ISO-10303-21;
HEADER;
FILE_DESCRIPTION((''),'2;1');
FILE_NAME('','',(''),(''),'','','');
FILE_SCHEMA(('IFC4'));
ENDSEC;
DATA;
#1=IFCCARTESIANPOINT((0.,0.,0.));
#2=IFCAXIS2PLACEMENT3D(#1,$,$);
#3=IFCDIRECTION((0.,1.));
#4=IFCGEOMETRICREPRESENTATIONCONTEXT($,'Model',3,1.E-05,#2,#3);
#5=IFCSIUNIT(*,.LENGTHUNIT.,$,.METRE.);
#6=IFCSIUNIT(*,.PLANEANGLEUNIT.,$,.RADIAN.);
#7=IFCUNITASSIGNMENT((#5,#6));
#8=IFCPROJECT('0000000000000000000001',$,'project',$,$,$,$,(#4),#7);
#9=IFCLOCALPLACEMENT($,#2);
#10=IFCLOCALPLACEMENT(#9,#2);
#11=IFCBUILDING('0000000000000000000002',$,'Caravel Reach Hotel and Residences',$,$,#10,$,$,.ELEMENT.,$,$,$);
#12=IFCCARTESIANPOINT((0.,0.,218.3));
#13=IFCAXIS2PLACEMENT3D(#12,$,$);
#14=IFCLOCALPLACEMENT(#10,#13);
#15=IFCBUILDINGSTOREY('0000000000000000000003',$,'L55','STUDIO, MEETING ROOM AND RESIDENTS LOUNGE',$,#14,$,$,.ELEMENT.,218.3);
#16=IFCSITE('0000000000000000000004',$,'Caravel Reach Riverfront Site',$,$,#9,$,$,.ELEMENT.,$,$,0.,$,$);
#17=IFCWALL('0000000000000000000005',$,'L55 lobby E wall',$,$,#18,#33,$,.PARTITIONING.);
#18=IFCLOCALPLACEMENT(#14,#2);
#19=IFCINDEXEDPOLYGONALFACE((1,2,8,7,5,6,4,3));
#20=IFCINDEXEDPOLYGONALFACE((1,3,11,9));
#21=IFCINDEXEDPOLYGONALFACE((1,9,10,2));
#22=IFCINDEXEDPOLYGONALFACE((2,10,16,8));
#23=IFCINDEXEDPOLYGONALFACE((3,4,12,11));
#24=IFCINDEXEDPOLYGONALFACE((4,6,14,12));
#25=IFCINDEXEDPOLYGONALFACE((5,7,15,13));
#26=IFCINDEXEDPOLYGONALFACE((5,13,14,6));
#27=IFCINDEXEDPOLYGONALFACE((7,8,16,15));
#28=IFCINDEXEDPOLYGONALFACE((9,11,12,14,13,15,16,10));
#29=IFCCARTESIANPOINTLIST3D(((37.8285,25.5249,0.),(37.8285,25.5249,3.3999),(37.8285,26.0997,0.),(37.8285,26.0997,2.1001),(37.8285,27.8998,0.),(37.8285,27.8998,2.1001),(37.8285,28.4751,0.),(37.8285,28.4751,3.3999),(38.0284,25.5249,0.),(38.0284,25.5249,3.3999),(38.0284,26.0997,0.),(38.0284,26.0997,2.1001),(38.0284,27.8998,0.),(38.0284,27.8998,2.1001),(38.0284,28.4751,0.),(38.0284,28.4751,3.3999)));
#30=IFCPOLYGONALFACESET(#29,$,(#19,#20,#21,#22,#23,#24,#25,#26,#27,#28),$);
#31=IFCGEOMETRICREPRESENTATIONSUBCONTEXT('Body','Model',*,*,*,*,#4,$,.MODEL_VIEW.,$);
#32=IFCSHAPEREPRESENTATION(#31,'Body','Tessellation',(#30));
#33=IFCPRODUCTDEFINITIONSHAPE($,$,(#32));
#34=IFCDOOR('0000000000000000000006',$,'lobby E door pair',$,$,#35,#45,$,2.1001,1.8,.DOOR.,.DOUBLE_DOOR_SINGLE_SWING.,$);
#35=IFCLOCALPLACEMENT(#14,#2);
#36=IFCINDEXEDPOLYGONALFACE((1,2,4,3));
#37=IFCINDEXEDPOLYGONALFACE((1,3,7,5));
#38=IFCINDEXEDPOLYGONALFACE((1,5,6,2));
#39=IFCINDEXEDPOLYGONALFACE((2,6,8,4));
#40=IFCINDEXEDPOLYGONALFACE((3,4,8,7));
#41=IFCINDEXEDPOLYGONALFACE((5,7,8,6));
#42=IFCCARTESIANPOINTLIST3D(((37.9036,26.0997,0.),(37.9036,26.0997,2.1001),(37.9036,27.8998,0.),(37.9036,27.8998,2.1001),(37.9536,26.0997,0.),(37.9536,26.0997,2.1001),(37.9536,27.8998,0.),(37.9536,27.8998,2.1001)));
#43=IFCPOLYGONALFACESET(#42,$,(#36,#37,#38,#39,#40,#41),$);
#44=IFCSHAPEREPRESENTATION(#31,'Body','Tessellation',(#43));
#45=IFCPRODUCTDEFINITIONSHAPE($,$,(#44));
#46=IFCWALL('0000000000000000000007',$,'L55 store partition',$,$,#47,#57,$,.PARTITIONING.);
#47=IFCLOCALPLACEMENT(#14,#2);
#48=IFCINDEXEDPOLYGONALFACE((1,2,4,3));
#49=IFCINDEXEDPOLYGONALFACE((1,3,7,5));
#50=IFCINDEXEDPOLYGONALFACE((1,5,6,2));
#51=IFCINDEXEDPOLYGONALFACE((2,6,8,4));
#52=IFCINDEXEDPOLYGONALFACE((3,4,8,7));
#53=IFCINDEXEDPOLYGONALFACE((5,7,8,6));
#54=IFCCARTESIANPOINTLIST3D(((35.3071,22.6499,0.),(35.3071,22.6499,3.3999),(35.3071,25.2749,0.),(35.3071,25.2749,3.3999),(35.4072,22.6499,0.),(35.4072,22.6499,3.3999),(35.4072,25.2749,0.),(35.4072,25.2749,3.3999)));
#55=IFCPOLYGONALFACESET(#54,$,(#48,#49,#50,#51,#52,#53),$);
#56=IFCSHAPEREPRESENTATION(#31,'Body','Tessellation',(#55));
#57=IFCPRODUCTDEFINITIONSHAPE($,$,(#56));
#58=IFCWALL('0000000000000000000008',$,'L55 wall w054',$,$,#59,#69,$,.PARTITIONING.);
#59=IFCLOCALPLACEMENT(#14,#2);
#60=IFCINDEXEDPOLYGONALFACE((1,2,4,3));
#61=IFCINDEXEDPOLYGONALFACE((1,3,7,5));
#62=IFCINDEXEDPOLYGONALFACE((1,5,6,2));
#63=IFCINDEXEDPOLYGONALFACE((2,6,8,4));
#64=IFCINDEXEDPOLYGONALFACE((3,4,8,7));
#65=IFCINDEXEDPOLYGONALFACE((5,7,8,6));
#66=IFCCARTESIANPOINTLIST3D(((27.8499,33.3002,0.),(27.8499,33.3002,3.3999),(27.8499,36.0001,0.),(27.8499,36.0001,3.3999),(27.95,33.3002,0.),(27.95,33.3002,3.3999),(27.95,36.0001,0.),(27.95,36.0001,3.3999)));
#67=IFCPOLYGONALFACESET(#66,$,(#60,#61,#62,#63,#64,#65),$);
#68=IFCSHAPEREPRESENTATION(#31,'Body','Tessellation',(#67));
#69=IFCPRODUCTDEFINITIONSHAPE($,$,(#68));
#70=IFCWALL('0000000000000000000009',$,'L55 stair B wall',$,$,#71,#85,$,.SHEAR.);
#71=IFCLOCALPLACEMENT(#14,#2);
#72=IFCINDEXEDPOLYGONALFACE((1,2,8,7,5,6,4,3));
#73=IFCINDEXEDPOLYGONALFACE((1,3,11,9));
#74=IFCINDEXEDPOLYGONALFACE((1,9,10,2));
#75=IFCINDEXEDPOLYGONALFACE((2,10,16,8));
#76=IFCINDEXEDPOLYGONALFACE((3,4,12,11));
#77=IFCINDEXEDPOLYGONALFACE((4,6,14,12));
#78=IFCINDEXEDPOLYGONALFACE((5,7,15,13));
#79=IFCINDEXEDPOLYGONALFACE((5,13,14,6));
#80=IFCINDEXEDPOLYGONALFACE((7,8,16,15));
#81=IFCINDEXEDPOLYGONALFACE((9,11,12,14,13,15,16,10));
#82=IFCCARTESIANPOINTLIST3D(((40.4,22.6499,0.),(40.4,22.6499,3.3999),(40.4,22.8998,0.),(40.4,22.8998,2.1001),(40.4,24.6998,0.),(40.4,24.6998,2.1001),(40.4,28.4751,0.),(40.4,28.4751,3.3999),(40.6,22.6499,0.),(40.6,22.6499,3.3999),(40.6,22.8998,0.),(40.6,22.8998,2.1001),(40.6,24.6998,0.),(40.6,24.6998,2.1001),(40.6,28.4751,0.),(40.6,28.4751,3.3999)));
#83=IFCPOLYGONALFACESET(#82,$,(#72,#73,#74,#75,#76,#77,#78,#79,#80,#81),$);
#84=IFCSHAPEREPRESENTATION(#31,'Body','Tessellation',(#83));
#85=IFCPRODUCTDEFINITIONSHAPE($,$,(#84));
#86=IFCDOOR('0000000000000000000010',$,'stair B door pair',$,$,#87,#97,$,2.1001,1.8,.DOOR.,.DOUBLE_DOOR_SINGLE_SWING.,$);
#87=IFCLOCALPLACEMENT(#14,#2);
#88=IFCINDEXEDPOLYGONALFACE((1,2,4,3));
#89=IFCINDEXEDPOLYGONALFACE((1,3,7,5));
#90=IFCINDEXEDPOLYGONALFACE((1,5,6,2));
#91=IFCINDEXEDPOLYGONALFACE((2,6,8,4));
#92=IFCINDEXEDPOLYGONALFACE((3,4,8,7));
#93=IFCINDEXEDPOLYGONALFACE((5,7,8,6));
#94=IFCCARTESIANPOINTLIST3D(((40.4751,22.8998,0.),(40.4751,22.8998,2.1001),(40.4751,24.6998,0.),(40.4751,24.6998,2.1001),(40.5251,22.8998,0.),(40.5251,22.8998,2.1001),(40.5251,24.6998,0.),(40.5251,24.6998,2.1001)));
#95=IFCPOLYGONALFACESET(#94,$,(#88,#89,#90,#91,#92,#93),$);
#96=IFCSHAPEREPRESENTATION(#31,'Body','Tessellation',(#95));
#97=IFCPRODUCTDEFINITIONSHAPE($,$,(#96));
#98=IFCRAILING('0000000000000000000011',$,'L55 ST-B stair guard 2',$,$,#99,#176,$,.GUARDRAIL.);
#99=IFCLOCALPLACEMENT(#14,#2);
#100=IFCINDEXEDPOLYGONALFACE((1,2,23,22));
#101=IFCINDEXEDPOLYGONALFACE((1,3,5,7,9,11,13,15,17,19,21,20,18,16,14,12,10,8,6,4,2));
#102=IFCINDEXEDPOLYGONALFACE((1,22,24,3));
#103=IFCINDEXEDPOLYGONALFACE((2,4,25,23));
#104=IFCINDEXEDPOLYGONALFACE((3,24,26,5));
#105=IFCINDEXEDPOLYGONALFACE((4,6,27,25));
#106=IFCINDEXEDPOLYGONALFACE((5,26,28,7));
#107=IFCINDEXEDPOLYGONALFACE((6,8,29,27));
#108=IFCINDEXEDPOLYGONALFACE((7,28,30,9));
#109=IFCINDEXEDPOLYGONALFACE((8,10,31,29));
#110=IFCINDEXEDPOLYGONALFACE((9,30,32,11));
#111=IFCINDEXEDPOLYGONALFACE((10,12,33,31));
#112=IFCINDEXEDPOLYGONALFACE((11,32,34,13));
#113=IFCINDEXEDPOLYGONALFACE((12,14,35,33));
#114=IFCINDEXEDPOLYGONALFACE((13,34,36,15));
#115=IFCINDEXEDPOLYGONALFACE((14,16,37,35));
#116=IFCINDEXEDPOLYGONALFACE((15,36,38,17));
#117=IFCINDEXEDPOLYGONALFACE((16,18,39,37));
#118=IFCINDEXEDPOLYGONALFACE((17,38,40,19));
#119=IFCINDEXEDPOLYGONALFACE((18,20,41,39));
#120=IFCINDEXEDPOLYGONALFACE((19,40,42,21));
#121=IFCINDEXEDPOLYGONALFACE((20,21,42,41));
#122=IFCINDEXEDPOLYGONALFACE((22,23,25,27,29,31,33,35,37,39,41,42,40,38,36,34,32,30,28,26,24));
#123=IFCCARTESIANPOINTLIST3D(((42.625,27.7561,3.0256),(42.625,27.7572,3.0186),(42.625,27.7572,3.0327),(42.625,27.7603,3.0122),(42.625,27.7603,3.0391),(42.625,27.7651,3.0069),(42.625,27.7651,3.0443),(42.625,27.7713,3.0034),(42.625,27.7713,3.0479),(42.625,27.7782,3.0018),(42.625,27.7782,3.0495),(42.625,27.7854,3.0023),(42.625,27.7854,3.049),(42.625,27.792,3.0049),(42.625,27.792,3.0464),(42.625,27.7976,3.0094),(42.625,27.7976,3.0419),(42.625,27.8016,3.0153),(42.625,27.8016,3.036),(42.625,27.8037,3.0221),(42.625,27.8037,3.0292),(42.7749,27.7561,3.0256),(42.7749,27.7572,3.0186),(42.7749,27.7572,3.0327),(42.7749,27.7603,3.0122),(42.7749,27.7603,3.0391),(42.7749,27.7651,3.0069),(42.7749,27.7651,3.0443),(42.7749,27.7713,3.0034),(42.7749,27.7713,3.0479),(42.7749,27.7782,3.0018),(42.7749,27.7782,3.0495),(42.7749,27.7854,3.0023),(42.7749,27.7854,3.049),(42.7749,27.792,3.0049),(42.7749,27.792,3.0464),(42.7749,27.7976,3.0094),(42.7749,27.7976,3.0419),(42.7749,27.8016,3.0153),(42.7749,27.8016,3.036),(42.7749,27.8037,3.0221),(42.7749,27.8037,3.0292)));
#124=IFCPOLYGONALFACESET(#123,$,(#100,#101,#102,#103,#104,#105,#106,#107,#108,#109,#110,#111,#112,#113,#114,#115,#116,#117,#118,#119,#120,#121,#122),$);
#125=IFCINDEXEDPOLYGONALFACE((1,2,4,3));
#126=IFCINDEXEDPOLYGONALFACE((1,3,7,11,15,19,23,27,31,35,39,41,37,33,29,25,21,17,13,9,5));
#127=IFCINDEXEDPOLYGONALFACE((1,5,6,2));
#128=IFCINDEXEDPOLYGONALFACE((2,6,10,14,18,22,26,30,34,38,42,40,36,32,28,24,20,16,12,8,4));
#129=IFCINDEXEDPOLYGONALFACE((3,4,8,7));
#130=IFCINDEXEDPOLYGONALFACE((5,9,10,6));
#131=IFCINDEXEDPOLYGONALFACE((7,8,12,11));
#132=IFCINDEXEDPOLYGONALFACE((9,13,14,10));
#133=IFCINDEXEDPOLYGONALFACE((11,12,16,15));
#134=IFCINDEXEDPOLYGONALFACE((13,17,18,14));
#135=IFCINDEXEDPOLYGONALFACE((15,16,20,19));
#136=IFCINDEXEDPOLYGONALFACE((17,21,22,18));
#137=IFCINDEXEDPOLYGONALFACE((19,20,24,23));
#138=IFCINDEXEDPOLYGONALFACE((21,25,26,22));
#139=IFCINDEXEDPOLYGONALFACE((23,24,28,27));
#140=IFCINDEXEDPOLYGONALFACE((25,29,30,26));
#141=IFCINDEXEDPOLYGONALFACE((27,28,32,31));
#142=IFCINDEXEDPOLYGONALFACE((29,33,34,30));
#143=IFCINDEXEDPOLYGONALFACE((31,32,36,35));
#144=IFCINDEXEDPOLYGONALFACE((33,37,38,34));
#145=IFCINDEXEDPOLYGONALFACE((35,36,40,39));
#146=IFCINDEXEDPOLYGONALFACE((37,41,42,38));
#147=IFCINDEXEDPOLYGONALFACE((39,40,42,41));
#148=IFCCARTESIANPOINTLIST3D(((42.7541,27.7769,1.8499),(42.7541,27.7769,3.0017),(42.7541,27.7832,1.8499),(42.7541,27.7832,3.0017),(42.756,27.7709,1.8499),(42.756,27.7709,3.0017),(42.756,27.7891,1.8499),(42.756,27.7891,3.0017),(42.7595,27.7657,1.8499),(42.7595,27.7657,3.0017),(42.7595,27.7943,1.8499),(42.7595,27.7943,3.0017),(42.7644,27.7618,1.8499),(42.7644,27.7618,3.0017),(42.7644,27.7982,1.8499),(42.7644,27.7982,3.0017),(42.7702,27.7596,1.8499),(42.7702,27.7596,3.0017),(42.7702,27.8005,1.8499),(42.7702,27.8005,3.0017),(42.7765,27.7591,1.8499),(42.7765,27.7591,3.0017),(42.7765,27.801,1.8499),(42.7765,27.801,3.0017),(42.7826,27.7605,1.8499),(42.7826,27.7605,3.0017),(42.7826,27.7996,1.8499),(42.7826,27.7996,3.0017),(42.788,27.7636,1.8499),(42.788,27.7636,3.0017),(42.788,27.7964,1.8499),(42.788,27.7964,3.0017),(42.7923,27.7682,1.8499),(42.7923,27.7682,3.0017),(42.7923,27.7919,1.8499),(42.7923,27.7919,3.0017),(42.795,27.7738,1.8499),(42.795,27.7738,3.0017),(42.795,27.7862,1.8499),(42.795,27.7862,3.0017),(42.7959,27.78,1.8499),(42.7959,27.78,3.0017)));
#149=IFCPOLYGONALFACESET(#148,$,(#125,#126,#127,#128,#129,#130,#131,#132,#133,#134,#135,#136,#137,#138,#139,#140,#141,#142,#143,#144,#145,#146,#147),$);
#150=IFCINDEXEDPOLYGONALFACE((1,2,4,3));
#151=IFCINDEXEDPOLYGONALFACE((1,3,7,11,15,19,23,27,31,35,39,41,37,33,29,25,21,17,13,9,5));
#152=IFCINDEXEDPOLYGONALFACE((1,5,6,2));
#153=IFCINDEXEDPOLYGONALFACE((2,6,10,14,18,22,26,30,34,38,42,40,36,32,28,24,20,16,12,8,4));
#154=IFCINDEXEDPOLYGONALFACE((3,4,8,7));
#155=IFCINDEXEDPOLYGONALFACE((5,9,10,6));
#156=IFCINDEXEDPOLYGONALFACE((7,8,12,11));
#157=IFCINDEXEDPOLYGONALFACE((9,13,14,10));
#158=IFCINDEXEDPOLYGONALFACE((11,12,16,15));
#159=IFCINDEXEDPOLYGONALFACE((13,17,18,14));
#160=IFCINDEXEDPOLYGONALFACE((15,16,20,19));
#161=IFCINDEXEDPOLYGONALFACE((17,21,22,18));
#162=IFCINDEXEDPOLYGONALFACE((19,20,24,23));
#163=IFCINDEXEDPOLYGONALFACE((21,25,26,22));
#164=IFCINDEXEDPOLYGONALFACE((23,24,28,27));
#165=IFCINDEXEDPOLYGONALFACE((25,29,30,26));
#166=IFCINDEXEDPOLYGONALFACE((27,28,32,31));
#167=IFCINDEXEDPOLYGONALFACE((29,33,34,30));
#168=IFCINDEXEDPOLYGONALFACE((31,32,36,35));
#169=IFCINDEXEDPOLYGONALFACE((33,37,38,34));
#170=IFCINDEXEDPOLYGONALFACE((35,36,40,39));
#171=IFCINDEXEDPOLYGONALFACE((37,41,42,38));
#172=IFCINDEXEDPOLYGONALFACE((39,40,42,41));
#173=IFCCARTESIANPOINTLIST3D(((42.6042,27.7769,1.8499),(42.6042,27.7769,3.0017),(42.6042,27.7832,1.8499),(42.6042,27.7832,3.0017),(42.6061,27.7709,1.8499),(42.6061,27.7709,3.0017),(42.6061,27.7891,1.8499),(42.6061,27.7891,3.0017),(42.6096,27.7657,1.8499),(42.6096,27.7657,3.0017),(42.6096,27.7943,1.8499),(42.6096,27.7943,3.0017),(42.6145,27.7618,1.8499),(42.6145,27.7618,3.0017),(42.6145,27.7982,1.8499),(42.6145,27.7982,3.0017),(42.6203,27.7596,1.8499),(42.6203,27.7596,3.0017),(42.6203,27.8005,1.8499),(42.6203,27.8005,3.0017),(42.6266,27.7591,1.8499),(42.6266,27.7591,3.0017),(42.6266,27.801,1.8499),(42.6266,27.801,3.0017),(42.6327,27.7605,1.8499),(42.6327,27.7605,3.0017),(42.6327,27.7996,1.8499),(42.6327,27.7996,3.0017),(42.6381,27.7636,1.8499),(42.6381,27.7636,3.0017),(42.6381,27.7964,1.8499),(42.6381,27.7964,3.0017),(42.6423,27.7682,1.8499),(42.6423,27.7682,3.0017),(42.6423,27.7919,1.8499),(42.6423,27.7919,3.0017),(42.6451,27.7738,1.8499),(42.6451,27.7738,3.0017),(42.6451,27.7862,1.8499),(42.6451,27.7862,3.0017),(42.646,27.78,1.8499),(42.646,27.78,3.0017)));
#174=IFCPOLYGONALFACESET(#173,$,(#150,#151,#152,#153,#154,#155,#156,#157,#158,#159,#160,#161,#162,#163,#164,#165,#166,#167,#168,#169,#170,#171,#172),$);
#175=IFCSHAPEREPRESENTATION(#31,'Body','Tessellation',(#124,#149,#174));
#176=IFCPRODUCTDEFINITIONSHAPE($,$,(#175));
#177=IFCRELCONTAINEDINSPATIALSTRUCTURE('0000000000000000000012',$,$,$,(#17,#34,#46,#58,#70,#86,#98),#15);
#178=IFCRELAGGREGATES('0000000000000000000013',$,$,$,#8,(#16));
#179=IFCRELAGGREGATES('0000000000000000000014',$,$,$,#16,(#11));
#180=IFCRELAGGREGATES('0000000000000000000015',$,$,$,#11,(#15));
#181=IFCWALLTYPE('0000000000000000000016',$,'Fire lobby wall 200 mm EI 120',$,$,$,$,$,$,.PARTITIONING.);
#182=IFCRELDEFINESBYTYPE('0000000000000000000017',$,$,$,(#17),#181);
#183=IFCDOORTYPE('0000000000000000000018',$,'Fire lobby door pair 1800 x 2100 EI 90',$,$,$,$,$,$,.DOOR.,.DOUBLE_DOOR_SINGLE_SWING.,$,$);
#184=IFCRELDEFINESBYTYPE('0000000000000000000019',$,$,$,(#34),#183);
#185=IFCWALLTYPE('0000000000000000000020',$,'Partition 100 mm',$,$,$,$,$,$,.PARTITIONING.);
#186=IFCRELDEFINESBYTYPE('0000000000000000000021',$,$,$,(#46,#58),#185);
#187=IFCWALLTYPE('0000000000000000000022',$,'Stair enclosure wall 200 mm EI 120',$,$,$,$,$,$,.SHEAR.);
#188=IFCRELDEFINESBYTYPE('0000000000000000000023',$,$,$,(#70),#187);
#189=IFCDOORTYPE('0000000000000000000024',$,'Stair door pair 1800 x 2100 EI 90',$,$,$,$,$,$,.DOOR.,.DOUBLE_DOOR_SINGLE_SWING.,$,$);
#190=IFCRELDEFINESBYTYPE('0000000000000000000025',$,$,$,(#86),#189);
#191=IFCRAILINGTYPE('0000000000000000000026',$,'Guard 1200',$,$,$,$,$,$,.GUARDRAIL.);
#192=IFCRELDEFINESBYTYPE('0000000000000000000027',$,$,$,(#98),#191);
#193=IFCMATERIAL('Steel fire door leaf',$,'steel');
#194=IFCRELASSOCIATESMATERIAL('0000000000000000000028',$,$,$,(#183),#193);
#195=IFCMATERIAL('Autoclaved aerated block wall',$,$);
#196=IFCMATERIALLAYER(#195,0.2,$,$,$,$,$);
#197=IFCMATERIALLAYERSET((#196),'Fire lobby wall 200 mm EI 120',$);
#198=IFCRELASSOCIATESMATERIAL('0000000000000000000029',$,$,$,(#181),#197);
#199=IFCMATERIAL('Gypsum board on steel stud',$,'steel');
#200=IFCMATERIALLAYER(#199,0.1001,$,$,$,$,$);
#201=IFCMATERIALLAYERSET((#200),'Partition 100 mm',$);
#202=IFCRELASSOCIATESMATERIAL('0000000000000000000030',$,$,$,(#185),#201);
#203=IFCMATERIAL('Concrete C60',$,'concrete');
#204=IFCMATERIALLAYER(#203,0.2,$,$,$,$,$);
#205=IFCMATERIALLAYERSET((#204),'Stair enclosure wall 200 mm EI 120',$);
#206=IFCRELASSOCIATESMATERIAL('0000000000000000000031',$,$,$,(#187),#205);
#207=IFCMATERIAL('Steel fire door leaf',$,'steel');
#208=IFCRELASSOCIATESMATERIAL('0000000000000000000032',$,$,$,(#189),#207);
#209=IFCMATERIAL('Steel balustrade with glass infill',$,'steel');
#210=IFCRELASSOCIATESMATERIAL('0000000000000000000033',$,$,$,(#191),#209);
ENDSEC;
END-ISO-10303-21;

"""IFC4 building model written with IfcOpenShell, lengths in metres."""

from ifc_helpers import new_model, si_unit, direction, frame, frame_2d, origin, origin_2d, place, context, subcontext, project, spatial, rectangle, circle, extrude, material, layer, layer_set, type_object, element, fill, save


model = new_model("IFC4")

# Units and contexts
model_context = context("Model", 3, precision=1e-05, world=origin(), true_north=direction((0.0, 1.0)))
body_context = subcontext(model_context, "Body", "Model", "MODEL_VIEW")
ifc_project = project(units=[si_unit("LENGTHUNIT", "METRE"), si_unit("PLANEANGLEUNIT", "RADIAN")], contexts=[model_context])

# Site, building, storey
site_placement = place(None, origin())
site = spatial("IfcSite", under=ifc_project, at=site_placement, Name="Caravel Reach Riverfront Site", CompositionType="ELEMENT", RefElevation=0.0)
building_placement = place(site_placement, origin())
building = spatial("IfcBuilding", under=site, at=building_placement, Name="Caravel Reach Hotel and Residences", CompositionType="ELEMENT")
storey_placement = place(building_placement, frame((0.0, 0.0, 218.3)))
storey = spatial("IfcBuildingStorey", under=building, at=storey_placement, Name="L55", Description="STUDIO, MEETING ROOM AND RESIDENTS LOUNGE", CompositionType="ELEMENT", Elevation=218.3)

# Shared definitions
ifc_material_1 = material(Name="Steel fire door leaf", Category="steel")
door_type_1 = type_object("IfcDoorType", Name="Fire lobby door pair 1800 x 2100 EI 90", OperationType="DOUBLE_DOOR_SINGLE_SWING", PredefinedType="DOOR", material=ifc_material_1)

# Wall, opening, door
ifc_material_2 = material(Name="Autoclaved aerated block wall")
ifc_layer_1 = layer(ifc_material_2, 0.2)
ifc_layer_set_1 = layer_set([ifc_layer_1], Name="Fire lobby wall 200 mm EI 120")
wall_type_1 = type_object("IfcWallType", Name="Fire lobby wall 200 mm EI 120", PredefinedType="PARTITIONING", material=ifc_layer_set_1)
wall_1_placement = place(storey_placement, frame((37.9285, 25.5249, 0.0), z_axis=(0.0, 0.0, 1.0), x_axis=(0.0, 1.0, 0.0)))
wall_1 = element("IfcWall", 1, at=wall_1_placement, inside=storey, type_object=wall_type_1, Name="L55 lobby E wall", PredefinedType="PARTITIONING", context=body_context, shape_type="SweptSolid", body=[
    extrude(rectangle(XDim=2.9502, YDim=0.2, at=frame_2d((1.4751, 0.0))), origin(), (0.0, 0.0, 1.0), 3.3999),
])
opening_1_placement = place(wall_1_placement, frame((0.575, 0.0, 0.0)))
opening_1 = element("IfcOpeningElement", 2, at=opening_1_placement, cuts=wall_1, PredefinedType="OPENING", context=body_context, shape_type="SweptSolid", body=[
    extrude(rectangle(XDim=1.8, YDim=2.1001, at=frame_2d((0.8999, 1.05))), frame((0.0, 0.1099, 0.0), z_axis=(0.0, -1.0, 0.0), x_axis=(1.0, 0.0, 0.0)), (0.0, 0.0, 1.0), 0.22),
])
door_1_placement = place(opening_1_placement, origin())
door_1 = element("IfcDoor", 3, at=door_1_placement, inside=storey, type_object=door_type_1, Name="lobby E door pair", OperationType="DOUBLE_DOOR_SINGLE_SWING", OverallHeight=2.1001, OverallWidth=1.8, PredefinedType="DOOR", context=body_context, shape_type="SweptSolid", body=[
    extrude(rectangle(XDim=1.8, YDim=2.1001, at=frame_2d((0.8999, 1.05))), frame((0.0, 0.0249, 0.0), z_axis=(0.0, -1.0, 0.0), x_axis=(1.0, 0.0, 0.0)), (0.0, 0.0, 1.0), 0.05),
])
fill(opening_1, door_1)

# Walls
ifc_material_3 = material(Name="Gypsum board on steel stud", Category="steel")
ifc_layer_2 = layer(ifc_material_3, 0.1001)
ifc_layer_set_2 = layer_set([ifc_layer_2], Name="Partition 100 mm")
wall_type_2 = type_object("IfcWallType", Name="Partition 100 mm", PredefinedType="PARTITIONING", material=ifc_layer_set_2)
wall_2_placement = place(storey_placement, frame((35.3572, 22.6499, 0.0), z_axis=(0.0, 0.0, 1.0), x_axis=(0.0, 1.0, 0.0)))
element("IfcWall", 4, at=wall_2_placement, inside=storey, type_object=wall_type_2, Name="L55 store partition", PredefinedType="PARTITIONING", context=body_context, shape_type="SweptSolid", body=[
    extrude(rectangle(XDim=2.625, YDim=0.1001, at=frame_2d((1.3125, 0.0))), origin(), (0.0, 0.0, 1.0), 3.3999),
])
wall_3_placement = place(storey_placement, frame((27.8999, 33.3, 0.0), z_axis=(0.0, 0.0, 1.0), x_axis=(0.0, 1.0, 0.0)))
element("IfcWall", 5, at=wall_3_placement, inside=storey, type_object=wall_type_2, Name="L55 wall w054", PredefinedType="PARTITIONING", context=body_context, shape_type="SweptSolid", body=[
    extrude(rectangle(XDim=2.7, YDim=0.1001, at=frame_2d((1.3501, 0.0))), origin(), (0.0, 0.0, 1.0), 3.3999),
])

# Wall, opening, door
ifc_material_4 = material(Name="Concrete C60", Category="concrete")
ifc_layer_3 = layer(ifc_material_4, 0.2)
ifc_layer_set_3 = layer_set([ifc_layer_3], Name="Stair enclosure wall 200 mm EI 120")
wall_type_3 = type_object("IfcWallType", Name="Stair enclosure wall 200 mm EI 120", PredefinedType="SHEAR", material=ifc_layer_set_3)
wall_4_placement = place(storey_placement, frame((40.5, 22.6499, 0.0), z_axis=(0.0, 0.0, 1.0), x_axis=(0.0, 1.0, 0.0)))
wall_4 = element("IfcWall", 6, at=wall_4_placement, inside=storey, type_object=wall_type_3, Name="L55 stair B wall", PredefinedType="SHEAR", context=body_context, shape_type="SweptSolid", body=[
    extrude(rectangle(XDim=5.8252, YDim=0.2, at=frame_2d((2.9126, 0.0))), origin(), (0.0, 0.0, 1.0), 3.3999),
])
opening_2_placement = place(wall_4_placement, frame((0.25, 0.0, 0.0)))
opening_2 = element("IfcOpeningElement", 7, at=opening_2_placement, cuts=wall_4, PredefinedType="OPENING", context=body_context, shape_type="SweptSolid", body=[
    extrude(rectangle(XDim=1.8, YDim=2.1001, at=frame_2d((0.8999, 1.05))), frame((0.0, 0.1099, 0.0), z_axis=(0.0, -1.0, 0.0), x_axis=(1.0, 0.0, 0.0)), (0.0, 0.0, 1.0), 0.22),
])
ifc_material_5 = material(Name="Steel fire door leaf", Category="steel")
door_type_2 = type_object("IfcDoorType", Name="Stair door pair 1800 x 2100 EI 90", OperationType="DOUBLE_DOOR_SINGLE_SWING", PredefinedType="DOOR", material=ifc_material_5)
door_2_placement = place(opening_2_placement, origin())
door_2 = element("IfcDoor", 8, at=door_2_placement, inside=storey, type_object=door_type_2, Name="stair B door pair", OperationType="DOUBLE_DOOR_SINGLE_SWING", OverallHeight=2.1001, OverallWidth=1.8, PredefinedType="DOOR", context=body_context, shape_type="SweptSolid", body=[
    extrude(rectangle(XDim=1.8, YDim=2.1001, at=frame_2d((0.8999, 1.05))), frame((0.0, 0.0249, 0.0), z_axis=(0.0, -1.0, 0.0), x_axis=(1.0, 0.0, 0.0)), (0.0, 0.0, 1.0), 0.05),
])
fill(opening_2, door_2)

# Railing
ifc_material_6 = material(Name="Steel balustrade with glass infill", Category="steel")
railing_type_1 = type_object("IfcRailingType", Name="Guard 1200", PredefinedType="GUARDRAIL", material=ifc_material_6)
railing_1_placement = place(storey_placement, frame((42.7749, 27.78, 1.8499)))
element("IfcRailing", 9, at=railing_1_placement, inside=storey, type_object=railing_type_1, Name="L55 ST-B stair guard 2", PredefinedType="GUARDRAIL", context=body_context, shape_type="SweptSolid", body=[
    extrude(circle(Radius=0.0239, at=origin_2d()), frame((0.0, 0.0, 1.1758), z_axis=(-1.0, 0.0, 0.0), x_axis=(0.0, -1.0, 0.0)), (0.0, 0.0, 1.0), 0.1499),
    extrude(circle(Radius=0.021, at=origin_2d()), origin(), (0.0, 0.0, 1.0), 1.1519),
    extrude(circle(Radius=0.021, at=origin_2d()), frame((-0.1499, 0.0, 0.0)), (0.0, 0.0, 1.0), 1.1519),
])

save(model, "model.ifc")
